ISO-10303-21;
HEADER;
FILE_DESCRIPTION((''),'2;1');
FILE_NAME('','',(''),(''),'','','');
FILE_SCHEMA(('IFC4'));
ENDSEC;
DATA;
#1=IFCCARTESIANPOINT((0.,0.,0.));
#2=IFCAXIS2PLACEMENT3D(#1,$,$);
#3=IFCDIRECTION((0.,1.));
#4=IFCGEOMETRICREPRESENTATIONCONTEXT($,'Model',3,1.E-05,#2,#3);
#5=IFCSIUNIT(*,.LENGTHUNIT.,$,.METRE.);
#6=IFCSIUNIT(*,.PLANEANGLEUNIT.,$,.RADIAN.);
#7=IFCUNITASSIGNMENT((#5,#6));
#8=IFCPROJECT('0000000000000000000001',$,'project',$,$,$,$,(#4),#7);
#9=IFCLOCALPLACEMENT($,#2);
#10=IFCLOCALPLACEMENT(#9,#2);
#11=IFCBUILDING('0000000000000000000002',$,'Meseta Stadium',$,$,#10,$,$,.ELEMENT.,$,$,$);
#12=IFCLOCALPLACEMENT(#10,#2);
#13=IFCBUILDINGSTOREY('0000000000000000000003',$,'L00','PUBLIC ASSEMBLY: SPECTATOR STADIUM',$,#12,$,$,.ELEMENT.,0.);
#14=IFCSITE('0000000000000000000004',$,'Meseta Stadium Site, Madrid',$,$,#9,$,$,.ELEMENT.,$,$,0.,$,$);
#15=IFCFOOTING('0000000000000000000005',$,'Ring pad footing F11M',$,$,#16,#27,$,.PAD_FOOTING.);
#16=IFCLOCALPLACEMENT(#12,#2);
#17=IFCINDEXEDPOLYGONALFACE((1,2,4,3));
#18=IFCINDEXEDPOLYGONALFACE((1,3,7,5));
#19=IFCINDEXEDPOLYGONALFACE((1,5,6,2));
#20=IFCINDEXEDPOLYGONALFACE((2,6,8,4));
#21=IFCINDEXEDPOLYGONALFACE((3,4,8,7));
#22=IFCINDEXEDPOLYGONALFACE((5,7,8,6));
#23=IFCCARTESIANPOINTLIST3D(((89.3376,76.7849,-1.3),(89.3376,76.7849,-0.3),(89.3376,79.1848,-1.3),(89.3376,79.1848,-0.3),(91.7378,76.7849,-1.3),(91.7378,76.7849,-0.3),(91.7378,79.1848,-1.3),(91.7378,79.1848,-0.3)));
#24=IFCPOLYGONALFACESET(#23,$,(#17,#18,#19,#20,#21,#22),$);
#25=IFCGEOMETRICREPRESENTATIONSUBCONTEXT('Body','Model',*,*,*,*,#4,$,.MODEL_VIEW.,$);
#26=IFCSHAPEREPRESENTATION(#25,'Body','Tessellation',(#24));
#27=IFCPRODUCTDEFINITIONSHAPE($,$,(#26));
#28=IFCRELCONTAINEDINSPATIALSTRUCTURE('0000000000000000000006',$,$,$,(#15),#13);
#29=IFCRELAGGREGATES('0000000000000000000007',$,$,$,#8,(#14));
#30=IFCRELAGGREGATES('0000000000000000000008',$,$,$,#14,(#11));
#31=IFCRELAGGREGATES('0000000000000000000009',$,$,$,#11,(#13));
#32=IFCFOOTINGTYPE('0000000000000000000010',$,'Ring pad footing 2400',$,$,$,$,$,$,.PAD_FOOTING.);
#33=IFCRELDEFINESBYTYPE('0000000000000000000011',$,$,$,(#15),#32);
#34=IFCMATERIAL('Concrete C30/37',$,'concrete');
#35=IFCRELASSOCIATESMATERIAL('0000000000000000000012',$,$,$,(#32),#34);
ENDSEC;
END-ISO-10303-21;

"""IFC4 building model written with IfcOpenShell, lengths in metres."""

from ifc_helpers import new_model, si_unit, direction, frame, origin, place, context, subcontext, project, spatial, polyline, outline, extrude, material, type_object, element, save


model = new_model("IFC4")

# Units and contexts
model_context = context("Model", 3, precision=1e-05, world=origin(), true_north=direction((0.0, 1.0)))
body_context = subcontext(model_context, "Body", "Model", "MODEL_VIEW")
ifc_project = project(units=[si_unit("LENGTHUNIT", "METRE"), si_unit("PLANEANGLEUNIT", "RADIAN")], contexts=[model_context])

# Site, building, storey
site_placement = place(None, origin())
site = spatial("IfcSite", under=ifc_project, at=site_placement, Name="Meseta Stadium Site, Madrid", CompositionType="ELEMENT", RefElevation=0.0)
building_placement = place(site_placement, origin())
building = spatial("IfcBuilding", under=site, at=building_placement, Name="Meseta Stadium", CompositionType="ELEMENT")
storey_placement = place(building_placement, origin())
storey = spatial("IfcBuildingStorey", under=building, at=storey_placement, Name="L00", Description="PUBLIC ASSEMBLY: SPECTATOR STADIUM", CompositionType="ELEMENT", Elevation=0.0)

# Footing
ifc_material_1 = material(Name="Concrete C30/37", Category="concrete")
footing_type_1 = type_object("IfcFootingType", Name="Ring pad footing 2400", PredefinedType="PAD_FOOTING", material=ifc_material_1)
footing_1_placement = place(storey_placement, frame((0.0, 0.0, -1.3)))
element("IfcFooting", 1, at=footing_1_placement, inside=storey, type_object=footing_type_1, Name="Ring pad footing F11M", PredefinedType="PAD_FOOTING", context=body_context, shape_type="SweptSolid", body=[
    extrude(outline(polyline([(91.7378, 76.7849), (91.7378, 79.1848), (89.3376, 79.1848), (89.3376, 76.7849), (91.7378, 76.7849)])), origin(), (0.0, 0.0, 1.0), 1.0),
])

save(model, "model.ifc")
